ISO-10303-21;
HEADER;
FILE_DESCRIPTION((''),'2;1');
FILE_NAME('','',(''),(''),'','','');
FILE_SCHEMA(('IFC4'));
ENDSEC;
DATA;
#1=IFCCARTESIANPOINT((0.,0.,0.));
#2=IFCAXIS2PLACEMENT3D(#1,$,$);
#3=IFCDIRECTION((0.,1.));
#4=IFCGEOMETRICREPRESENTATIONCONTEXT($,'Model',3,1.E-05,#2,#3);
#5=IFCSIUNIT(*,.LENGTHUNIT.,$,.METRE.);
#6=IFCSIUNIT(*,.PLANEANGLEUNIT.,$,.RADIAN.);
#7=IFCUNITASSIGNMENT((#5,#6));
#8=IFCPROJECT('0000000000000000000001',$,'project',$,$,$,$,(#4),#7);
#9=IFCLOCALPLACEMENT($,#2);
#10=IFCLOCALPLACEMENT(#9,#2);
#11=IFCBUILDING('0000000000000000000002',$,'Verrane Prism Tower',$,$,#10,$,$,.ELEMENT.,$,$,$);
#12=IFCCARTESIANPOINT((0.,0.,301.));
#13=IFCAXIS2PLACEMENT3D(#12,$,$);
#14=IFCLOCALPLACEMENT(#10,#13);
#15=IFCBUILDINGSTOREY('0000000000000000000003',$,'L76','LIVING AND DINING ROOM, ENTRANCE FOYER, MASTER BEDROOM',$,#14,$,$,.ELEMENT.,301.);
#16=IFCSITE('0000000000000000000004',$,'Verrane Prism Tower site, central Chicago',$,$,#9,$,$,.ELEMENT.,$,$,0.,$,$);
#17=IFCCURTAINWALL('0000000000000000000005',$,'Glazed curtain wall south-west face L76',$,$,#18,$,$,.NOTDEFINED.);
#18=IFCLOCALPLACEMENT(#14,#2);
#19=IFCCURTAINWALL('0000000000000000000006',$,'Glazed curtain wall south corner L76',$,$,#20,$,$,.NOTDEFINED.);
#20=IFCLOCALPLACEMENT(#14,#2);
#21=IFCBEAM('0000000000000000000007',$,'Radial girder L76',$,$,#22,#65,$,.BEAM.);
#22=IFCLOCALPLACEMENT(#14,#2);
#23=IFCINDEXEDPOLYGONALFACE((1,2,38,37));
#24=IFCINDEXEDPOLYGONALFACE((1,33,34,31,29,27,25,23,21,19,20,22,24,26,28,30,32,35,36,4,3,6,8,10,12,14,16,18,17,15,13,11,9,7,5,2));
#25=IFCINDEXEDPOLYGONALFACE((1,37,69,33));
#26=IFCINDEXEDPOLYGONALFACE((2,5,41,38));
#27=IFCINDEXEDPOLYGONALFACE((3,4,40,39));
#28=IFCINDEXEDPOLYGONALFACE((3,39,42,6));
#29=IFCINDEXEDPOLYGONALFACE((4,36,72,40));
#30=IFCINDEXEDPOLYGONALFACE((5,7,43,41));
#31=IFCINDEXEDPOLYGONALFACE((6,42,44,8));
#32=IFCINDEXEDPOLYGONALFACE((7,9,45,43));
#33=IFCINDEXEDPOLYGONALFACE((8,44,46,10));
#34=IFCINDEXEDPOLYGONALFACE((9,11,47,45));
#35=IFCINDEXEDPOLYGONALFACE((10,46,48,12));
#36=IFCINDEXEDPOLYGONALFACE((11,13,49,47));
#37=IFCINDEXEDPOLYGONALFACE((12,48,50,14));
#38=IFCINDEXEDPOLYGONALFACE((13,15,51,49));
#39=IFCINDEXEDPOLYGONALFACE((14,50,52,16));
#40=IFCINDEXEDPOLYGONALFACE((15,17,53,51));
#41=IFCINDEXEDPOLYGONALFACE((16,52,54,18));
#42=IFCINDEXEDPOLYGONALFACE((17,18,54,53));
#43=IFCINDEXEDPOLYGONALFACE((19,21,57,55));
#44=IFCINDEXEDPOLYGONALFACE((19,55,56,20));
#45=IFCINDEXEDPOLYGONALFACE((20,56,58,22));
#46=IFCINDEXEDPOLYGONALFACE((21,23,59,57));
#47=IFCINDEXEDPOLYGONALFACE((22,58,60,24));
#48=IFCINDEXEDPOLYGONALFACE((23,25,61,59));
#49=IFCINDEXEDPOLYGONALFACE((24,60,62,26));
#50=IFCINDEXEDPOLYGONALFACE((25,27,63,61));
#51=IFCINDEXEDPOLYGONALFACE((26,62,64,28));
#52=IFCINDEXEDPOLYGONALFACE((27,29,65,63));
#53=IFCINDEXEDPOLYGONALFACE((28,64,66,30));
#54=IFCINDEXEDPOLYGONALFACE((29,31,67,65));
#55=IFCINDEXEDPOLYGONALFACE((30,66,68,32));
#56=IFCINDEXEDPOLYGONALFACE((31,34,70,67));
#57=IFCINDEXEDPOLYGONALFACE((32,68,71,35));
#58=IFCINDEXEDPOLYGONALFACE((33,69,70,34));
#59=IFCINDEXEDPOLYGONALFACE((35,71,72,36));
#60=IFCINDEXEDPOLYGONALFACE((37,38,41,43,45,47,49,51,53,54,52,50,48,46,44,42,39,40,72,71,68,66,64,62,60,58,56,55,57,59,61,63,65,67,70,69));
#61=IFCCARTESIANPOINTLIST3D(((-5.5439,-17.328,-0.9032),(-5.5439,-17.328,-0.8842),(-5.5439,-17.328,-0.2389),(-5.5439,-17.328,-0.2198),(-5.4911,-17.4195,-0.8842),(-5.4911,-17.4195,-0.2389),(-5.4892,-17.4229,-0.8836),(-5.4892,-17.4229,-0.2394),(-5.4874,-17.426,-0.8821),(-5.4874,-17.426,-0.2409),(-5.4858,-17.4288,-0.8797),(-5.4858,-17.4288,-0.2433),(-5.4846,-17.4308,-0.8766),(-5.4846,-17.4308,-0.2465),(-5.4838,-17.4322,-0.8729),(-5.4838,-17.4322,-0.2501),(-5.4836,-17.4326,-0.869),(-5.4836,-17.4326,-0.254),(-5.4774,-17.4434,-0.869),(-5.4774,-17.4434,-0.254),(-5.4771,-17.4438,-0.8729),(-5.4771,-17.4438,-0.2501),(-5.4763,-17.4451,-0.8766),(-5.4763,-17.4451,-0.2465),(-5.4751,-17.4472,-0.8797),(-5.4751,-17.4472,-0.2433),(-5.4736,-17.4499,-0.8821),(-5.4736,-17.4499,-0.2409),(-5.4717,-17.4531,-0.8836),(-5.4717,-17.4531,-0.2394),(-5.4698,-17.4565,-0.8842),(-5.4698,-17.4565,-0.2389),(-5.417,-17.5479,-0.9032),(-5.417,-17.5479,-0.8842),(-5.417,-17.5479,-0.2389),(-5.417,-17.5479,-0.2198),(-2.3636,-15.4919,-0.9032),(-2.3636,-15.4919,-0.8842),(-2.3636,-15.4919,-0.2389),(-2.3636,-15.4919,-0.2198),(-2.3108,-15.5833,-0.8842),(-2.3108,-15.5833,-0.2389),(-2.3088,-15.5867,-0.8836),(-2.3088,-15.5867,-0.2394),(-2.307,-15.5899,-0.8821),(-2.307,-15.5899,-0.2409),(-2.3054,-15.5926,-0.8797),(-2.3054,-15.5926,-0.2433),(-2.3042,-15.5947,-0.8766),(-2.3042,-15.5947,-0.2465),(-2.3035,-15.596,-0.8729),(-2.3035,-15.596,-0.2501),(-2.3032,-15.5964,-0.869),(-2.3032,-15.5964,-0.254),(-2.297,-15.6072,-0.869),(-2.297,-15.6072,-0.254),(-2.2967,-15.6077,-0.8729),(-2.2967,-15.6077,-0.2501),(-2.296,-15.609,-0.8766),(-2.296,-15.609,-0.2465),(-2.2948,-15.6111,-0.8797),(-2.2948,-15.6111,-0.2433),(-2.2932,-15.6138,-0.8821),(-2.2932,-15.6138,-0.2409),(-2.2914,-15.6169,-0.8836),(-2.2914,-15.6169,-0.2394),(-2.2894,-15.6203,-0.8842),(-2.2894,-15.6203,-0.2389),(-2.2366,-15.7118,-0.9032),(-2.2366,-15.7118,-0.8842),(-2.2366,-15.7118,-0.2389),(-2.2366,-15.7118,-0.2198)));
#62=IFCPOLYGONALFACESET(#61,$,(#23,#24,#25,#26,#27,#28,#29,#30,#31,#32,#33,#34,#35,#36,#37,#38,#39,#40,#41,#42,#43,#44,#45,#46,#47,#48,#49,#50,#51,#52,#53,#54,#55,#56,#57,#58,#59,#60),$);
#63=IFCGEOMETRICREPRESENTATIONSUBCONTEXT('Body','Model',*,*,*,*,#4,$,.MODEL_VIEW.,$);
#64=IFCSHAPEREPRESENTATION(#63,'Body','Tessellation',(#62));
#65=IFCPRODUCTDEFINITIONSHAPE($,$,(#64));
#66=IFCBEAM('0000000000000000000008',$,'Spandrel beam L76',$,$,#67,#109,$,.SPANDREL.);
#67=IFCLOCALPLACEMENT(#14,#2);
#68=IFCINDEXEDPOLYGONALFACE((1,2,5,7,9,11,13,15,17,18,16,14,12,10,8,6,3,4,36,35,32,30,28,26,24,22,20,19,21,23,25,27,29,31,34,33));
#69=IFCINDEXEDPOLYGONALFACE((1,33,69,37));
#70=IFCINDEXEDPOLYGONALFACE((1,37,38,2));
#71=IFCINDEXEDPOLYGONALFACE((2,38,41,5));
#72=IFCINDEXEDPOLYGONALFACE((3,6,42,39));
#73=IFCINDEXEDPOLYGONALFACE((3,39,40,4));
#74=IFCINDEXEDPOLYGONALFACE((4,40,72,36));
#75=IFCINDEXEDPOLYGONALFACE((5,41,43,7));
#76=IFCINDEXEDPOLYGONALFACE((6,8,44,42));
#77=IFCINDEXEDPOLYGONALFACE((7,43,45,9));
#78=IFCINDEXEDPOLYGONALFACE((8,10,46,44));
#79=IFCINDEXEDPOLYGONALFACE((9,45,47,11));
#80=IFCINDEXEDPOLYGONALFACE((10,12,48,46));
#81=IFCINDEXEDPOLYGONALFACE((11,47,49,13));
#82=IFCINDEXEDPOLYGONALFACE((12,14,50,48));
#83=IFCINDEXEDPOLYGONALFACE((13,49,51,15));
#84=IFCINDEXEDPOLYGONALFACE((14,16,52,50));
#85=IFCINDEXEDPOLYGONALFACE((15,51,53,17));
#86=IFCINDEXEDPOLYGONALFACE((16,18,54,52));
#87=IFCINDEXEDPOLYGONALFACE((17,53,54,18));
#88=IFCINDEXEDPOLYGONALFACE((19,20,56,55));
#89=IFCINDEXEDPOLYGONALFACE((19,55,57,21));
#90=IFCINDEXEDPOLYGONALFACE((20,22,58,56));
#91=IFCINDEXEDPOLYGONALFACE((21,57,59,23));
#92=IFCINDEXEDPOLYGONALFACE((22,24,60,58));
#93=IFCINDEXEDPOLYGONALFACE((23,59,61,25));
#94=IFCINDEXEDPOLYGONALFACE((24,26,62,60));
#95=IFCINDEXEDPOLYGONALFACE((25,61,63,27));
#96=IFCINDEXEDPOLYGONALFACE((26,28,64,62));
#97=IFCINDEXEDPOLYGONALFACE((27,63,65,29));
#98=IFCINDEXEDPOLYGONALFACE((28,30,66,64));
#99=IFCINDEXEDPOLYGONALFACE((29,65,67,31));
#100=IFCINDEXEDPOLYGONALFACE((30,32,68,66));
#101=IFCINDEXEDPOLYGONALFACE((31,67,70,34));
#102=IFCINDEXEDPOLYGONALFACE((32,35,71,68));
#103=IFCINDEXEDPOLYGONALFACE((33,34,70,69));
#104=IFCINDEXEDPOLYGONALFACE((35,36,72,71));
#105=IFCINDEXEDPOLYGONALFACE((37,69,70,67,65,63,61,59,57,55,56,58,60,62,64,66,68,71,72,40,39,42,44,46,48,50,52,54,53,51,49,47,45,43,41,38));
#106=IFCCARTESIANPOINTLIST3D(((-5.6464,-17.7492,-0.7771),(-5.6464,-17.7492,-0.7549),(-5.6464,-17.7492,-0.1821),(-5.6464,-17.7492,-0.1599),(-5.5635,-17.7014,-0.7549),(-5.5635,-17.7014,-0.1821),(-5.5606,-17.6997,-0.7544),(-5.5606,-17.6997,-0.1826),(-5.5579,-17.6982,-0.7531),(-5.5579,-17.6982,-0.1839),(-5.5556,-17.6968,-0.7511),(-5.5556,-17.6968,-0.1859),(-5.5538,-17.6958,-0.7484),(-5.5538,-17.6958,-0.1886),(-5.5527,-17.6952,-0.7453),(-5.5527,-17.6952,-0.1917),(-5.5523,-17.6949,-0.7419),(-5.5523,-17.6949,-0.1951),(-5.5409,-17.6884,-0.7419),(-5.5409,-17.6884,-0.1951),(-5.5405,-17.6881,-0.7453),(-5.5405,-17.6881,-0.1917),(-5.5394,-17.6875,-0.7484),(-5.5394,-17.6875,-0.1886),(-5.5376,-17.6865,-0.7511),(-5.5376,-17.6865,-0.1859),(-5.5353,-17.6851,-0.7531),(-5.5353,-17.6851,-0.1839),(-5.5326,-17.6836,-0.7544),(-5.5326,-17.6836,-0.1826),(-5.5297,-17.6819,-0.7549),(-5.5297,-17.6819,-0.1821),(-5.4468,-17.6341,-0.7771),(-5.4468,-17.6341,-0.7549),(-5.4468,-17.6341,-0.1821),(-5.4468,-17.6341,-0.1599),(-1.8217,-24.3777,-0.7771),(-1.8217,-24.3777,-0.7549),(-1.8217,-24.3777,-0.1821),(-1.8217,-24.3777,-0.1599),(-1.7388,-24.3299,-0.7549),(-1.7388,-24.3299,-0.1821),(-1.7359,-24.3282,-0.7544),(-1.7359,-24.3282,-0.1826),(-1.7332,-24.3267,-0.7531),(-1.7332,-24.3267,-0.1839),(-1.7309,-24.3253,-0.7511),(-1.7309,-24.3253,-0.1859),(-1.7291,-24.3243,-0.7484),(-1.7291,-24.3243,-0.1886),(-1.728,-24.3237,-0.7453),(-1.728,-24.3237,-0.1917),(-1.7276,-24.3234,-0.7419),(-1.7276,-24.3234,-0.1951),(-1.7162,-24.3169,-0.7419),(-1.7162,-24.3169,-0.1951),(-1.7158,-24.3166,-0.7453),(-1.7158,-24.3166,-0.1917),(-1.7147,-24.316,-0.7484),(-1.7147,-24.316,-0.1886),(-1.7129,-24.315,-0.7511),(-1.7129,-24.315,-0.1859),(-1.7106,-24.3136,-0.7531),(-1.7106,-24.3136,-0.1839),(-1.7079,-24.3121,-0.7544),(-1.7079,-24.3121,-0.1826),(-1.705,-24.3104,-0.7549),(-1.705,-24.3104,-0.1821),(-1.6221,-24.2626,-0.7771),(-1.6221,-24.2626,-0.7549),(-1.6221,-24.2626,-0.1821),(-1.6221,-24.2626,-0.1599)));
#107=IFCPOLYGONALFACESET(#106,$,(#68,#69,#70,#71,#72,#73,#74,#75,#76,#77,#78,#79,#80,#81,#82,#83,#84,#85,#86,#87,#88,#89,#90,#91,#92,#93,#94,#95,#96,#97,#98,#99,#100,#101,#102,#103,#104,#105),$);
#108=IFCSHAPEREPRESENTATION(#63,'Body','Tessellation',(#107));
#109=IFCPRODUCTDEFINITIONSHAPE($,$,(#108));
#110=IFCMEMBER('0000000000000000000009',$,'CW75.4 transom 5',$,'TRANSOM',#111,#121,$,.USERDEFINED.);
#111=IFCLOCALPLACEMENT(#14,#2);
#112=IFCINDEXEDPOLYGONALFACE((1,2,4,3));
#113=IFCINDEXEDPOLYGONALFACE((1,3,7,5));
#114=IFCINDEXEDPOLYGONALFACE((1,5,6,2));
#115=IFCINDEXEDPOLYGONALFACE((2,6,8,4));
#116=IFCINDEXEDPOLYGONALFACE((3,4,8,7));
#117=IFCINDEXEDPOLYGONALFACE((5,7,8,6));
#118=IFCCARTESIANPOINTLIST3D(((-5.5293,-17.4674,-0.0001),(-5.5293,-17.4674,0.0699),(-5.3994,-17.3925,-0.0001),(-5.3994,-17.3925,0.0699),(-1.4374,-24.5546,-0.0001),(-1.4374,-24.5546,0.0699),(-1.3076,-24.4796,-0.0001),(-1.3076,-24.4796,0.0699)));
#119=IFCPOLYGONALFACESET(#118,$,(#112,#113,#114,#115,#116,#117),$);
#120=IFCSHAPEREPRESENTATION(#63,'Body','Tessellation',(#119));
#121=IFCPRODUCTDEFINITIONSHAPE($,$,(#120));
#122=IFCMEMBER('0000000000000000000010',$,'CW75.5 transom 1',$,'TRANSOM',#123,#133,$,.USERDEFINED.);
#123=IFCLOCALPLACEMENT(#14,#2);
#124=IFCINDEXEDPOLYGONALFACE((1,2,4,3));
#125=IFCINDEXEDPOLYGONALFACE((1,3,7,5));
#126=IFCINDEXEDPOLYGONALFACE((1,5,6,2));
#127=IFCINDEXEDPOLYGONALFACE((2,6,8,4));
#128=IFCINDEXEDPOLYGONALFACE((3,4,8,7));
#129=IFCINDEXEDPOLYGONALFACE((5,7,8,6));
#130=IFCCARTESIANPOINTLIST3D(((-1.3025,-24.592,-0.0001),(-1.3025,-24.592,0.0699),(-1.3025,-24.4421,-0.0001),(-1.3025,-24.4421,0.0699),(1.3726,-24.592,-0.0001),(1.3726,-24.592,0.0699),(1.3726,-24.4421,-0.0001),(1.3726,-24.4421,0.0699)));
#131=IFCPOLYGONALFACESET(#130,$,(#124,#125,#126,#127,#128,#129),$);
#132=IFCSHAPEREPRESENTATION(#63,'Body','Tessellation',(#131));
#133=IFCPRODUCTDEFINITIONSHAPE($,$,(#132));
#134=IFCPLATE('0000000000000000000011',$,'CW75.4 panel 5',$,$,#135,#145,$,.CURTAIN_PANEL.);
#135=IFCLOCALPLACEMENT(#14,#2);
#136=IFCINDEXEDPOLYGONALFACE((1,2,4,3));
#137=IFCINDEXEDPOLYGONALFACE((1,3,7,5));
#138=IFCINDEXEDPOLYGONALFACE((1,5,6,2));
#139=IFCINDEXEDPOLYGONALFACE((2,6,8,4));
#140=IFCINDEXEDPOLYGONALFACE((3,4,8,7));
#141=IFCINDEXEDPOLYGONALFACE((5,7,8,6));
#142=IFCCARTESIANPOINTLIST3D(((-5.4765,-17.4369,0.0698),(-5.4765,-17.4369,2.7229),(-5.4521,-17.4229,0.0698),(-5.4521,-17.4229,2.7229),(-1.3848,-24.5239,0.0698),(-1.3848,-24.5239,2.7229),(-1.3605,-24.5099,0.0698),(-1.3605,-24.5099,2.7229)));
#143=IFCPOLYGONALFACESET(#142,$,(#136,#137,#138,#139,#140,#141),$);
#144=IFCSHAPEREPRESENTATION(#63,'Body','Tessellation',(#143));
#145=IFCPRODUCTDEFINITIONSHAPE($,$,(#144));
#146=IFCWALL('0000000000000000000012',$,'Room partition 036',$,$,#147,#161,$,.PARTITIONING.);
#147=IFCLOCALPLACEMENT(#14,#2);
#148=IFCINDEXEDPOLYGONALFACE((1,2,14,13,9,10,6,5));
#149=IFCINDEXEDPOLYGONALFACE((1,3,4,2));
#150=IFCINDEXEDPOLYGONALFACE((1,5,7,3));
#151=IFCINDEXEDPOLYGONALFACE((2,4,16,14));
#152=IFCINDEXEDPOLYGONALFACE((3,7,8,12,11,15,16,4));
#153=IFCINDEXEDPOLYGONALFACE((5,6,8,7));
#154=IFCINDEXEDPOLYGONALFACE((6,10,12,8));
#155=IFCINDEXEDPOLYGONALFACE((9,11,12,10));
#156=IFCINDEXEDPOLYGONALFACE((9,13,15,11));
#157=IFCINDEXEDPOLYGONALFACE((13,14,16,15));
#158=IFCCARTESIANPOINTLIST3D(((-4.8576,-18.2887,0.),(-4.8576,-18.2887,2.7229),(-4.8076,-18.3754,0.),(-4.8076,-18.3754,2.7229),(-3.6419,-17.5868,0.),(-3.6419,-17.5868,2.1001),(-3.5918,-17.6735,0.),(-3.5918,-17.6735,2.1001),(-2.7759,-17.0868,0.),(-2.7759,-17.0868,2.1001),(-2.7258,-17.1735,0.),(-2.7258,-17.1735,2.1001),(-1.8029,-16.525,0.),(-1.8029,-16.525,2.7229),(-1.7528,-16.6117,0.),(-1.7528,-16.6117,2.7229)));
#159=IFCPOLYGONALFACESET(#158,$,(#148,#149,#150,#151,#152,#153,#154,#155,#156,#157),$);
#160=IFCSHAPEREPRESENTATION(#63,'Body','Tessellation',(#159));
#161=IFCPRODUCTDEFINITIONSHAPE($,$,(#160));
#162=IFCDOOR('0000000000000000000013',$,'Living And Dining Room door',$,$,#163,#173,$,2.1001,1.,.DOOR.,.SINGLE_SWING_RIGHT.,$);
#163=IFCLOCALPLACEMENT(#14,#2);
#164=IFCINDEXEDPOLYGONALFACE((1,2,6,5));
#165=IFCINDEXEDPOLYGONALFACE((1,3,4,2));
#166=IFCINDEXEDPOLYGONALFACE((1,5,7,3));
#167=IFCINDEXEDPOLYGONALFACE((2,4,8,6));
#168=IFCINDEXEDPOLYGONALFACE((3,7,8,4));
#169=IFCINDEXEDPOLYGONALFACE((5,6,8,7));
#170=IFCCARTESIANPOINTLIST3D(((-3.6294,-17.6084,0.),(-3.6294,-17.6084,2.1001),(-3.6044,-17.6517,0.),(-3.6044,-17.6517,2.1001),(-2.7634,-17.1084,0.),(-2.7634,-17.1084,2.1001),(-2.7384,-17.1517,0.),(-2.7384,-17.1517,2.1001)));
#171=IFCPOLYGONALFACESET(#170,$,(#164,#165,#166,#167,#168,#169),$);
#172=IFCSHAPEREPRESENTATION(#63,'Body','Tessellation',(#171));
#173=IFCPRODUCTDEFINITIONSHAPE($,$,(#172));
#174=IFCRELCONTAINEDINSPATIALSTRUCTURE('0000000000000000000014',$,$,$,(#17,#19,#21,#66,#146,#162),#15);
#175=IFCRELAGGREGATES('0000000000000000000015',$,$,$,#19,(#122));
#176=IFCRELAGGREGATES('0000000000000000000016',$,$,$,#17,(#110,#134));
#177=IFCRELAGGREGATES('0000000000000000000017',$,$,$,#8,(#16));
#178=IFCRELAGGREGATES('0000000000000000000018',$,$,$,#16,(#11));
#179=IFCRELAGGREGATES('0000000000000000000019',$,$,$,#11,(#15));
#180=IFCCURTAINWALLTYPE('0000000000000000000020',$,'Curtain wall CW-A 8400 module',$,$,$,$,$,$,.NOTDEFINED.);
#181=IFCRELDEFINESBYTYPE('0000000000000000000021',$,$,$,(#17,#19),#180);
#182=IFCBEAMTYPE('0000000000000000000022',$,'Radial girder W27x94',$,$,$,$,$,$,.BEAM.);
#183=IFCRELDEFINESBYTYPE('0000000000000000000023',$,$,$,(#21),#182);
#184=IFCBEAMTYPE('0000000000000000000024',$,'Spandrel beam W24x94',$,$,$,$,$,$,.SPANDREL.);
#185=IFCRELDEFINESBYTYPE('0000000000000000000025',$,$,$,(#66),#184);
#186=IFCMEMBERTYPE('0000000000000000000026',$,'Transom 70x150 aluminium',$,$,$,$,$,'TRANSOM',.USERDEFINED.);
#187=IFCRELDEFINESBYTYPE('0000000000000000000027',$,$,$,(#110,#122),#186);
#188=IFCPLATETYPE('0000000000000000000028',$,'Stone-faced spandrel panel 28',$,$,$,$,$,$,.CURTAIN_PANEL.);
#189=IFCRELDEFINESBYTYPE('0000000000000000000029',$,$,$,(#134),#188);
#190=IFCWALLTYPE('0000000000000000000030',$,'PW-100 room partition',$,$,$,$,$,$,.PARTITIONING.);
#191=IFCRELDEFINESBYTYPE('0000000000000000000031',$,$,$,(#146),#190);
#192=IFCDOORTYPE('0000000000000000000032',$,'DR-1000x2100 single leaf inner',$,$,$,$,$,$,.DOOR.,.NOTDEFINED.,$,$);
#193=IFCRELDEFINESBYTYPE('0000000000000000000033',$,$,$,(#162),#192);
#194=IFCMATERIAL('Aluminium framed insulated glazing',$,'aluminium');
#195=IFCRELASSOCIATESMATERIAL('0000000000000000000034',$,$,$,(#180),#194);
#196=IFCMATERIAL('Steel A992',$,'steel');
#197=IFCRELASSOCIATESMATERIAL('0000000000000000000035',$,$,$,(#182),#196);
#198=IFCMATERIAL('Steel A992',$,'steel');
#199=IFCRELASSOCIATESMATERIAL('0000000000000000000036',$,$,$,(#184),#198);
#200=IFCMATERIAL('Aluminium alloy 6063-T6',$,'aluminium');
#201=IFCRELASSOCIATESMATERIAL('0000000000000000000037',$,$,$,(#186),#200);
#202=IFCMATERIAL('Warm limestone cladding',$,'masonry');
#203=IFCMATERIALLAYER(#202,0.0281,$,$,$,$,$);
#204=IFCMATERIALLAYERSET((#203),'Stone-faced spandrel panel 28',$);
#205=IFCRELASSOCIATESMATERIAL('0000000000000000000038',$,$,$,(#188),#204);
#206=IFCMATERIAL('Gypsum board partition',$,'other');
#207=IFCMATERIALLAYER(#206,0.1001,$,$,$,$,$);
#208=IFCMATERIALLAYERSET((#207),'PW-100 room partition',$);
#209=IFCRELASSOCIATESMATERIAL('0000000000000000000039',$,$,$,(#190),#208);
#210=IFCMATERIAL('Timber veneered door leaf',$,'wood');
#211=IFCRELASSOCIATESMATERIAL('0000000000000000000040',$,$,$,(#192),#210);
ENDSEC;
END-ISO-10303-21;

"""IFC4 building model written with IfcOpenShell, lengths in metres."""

from ifc_helpers import new_model, si_unit, direction, frame, frame_2d, origin, origin_2d, place, context, subcontext, project, spatial, rectangle, i_section, extrude, material, layer, layer_set, material_profile, profile_set, type_object, element, fill, aggregate, save


model = new_model("IFC4")

# Units and contexts
model_context = context("Model", 3, precision=1e-05, world=origin(), true_north=direction((0.0, 1.0)))
body_context = subcontext(model_context, "Body", "Model", "MODEL_VIEW")
ifc_project = project(units=[si_unit("LENGTHUNIT", "METRE"), si_unit("PLANEANGLEUNIT", "RADIAN")], contexts=[model_context])

# Site, building, storey
site_placement = place(None, origin())
site = spatial("IfcSite", under=ifc_project, at=site_placement, Name="Verrane Prism Tower site, central Chicago", CompositionType="ELEMENT", RefElevation=0.0)
building_placement = place(site_placement, origin())
building = spatial("IfcBuilding", under=site, at=building_placement, Name="Verrane Prism Tower", CompositionType="ELEMENT")
storey_placement = place(building_placement, frame((0.0, 0.0, 301.0)))
storey = spatial("IfcBuildingStorey", under=building, at=storey_placement, Name="L76", Description="LIVING AND DINING ROOM, ENTRANCE FOYER, MASTER BEDROOM", CompositionType="ELEMENT", Elevation=301.0)

# Curtain walls
ifc_material_1 = material(Name="Aluminium framed insulated glazing", Category="aluminium")
curtain_wall_type = type_object("IfcCurtainWallType", Name="Curtain wall CW-A 8400 module", PredefinedType="NOTDEFINED", material=ifc_material_1)
curtain_wall_1_placement = place(storey_placement, origin())
curtain_wall_1 = element("IfcCurtainWall", 1, at=curtain_wall_1_placement, inside=storey, type_object=curtain_wall_type, Name="Glazed curtain wall south-west face L76", PredefinedType="NOTDEFINED")
curtain_wall_2_placement = place(storey_placement, origin())
curtain_wall_2 = element("IfcCurtainWall", 2, at=curtain_wall_2_placement, inside=storey, type_object=curtain_wall_type, Name="Glazed curtain wall south corner L76", PredefinedType="NOTDEFINED")

# Beams
ifc_material_2 = material(Name="Steel A992", Category="steel")
ifc_material_profile_1 = material_profile(ifc_material_2, i_section(OverallWidth=0.2539, OverallDepth=0.6833, WebThickness=0.0125, FlangeThickness=0.019, FilletRadius=0.0151, at=origin_2d()), Name="W27x94")
ifc_profile_set_1 = profile_set([ifc_material_profile_1], Name="Steel A992")
beam_type_1 = type_object("IfcBeamType", Name="Radial girder W27x94", PredefinedType="BEAM", material=ifc_profile_set_1)
beam_1_placement = place(storey_placement, frame((-5.4805, -17.438, -0.5615), z_axis=(0.866029, 0.499993, 0.0), x_axis=(-0.499993, 0.866029, 0.0)))
element("IfcBeam", 3, at=beam_1_placement, inside=storey, type_object=beam_type_1, Name="Radial girder L76", PredefinedType="BEAM", context=body_context, shape_type="SweptSolid", body=[
    extrude(i_section(OverallWidth=0.2539, OverallDepth=0.6833, WebThickness=0.0125, FlangeThickness=0.019, FilletRadius=0.0151, at=origin_2d()), origin(), (0.0, 0.0, 1.0), 3.6724),
])
ifc_material_3 = material(Name="Steel A992", Category="steel")
ifc_material_profile_2 = material_profile(ifc_material_3, i_section(OverallWidth=0.2305, OverallDepth=0.6172, WebThickness=0.0132, FlangeThickness=0.0222, FilletRadius=0.0129, at=origin_2d()), Name="W24x94")
ifc_profile_set_2 = profile_set([ifc_material_profile_2], Name="Steel A992")
beam_type_2 = type_object("IfcBeamType", Name="Spandrel beam W24x94", PredefinedType="SPANDREL", material=ifc_profile_set_2)
beam_2_placement = place(storey_placement, frame((-5.5466, -17.6917, -0.4685), z_axis=(0.499783, -0.866151, 0.0), x_axis=(0.866151, 0.499783, 0.0)))
element("IfcBeam", 4, at=beam_2_placement, inside=storey, type_object=beam_type_2, Name="Spandrel beam L76", PredefinedType="SPANDREL", context=body_context, shape_type="SweptSolid", body=[
    extrude(i_section(OverallWidth=0.2305, OverallDepth=0.6172, WebThickness=0.0132, FlangeThickness=0.0222, FilletRadius=0.0129, at=origin_2d()), origin(), (0.0, 0.0, 1.0), 7.6528),
])

# Members
ifc_material_4 = material(Name="Aluminium alloy 6063-T6", Category="aluminium")
ifc_material_profile_3 = material_profile(ifc_material_4, rectangle(XDim=0.1499, YDim=0.0701, at=origin_2d()), Name="Transom 70x150 aluminium")
ifc_profile_set_3 = profile_set([ifc_material_profile_3], Name="Aluminium alloy 6063-T6")
member_type_1 = type_object("IfcMemberType", Name="Transom 70x150 aluminium", ElementType="TRANSOM", PredefinedType="USERDEFINED", material=ifc_profile_set_3)
member_1_placement = place(storey_placement, frame((-5.4644, -17.4299, 0.0349), z_axis=(0.500002, -0.866024, 0.0), x_axis=(0.866024, 0.500002, 0.0)))
member_1 = element("IfcMember", 5, at=member_1_placement, type_object=member_type_1, Name="CW75.4 transom 5", ObjectType="TRANSOM", PredefinedType="USERDEFINED", context=body_context, shape_type="SweptSolid", body=[
    extrude(rectangle(XDim=0.1499, YDim=0.0701, at=origin_2d()), origin(), (0.0, 0.0, 1.0), 8.1836),
])
member_2_placement = place(storey_placement, frame((-1.3025, -24.5171, 0.0349), z_axis=(1.0, 0.0, 0.0), x_axis=(0.0, 1.0, 0.0)))
member_2 = element("IfcMember", 6, at=member_2_placement, type_object=member_type_1, Name="CW75.5 transom 1", ObjectType="TRANSOM", PredefinedType="USERDEFINED", context=body_context, shape_type="SweptSolid", body=[
    extrude(rectangle(XDim=0.1499, YDim=0.0701, at=origin_2d()), origin(), (0.0, 0.0, 1.0), 2.675),
])
aggregate(curtain_wall_2, [member_2])

# Plate
ifc_material_5 = material(Name="Warm limestone cladding", Category="masonry")
ifc_layer_1 = layer(ifc_material_5, 0.0281)
ifc_layer_set_1 = layer_set([ifc_layer_1], Name="Stone-faced spandrel panel 28")
plate_type = type_object("IfcPlateType", Name="Stone-faced spandrel panel 28", PredefinedType="CURTAIN_PANEL", material=ifc_layer_set_1)
plate_placement = place(storey_placement, frame((-3.4185, -20.9734, 0.0698), z_axis=(0.0, 0.0, 1.0), x_axis=(0.500001, -0.866025, 0.0)))
plate = element("IfcPlate", 7, at=plate_placement, type_object=plate_type, Name="CW75.4 panel 5", PredefinedType="CURTAIN_PANEL", context=body_context, shape_type="SweptSolid", body=[
    extrude(rectangle(XDim=8.1833, YDim=0.0281, at=origin_2d()), origin(), (0.0, 0.0, 1.0), 2.6531),
])
aggregate(curtain_wall_1, [member_1, plate])

# Wall, opening, door
ifc_material_6 = material(Name="Gypsum board partition", Category="other")
ifc_layer_2 = layer(ifc_material_6, 0.1001)
ifc_layer_set_2 = layer_set([ifc_layer_2], Name="PW-100 room partition")
wall_type_1 = type_object("IfcWallType", Name="PW-100 room partition", PredefinedType="PARTITIONING", material=ifc_layer_set_2)
wall_1_placement = place(storey_placement, frame((-1.7778, -16.5684, 0.0), z_axis=(0.0, 0.0, 1.0), x_axis=(-0.86602, -0.50001, 0.0)))
wall_1 = element("IfcWall", 8, at=wall_1_placement, inside=storey, type_object=wall_type_1, Name="Room partition 036", PredefinedType="PARTITIONING", context=body_context, shape_type="SweptSolid", body=[
    extrude(rectangle(XDim=3.5273, YDim=0.1001, at=frame_2d((1.7637, 0.0))), origin(), (0.0, 0.0, 1.0), 2.7229),
])
opening_1_placement = place(wall_1_placement, frame((1.1235, 0.0, 0.0)))
opening_1 = element("IfcOpeningElement", 9, at=opening_1_placement, cuts=wall_1, PredefinedType="OPENING", context=body_context, shape_type="SweptSolid", body=[
    extrude(rectangle(XDim=1.0, YDim=2.1001, at=frame_2d((0.5, 1.05))), frame((0.0, 0.0601, 0.0), z_axis=(0.0, -1.0, 0.0), x_axis=(1.0, 0.0, 0.0)), (0.0, 0.0, 1.0), 0.1201),
])
ifc_material_7 = material(Name="Timber veneered door leaf", Category="wood")
door_type_1 = type_object("IfcDoorType", Name="DR-1000x2100 single leaf inner", OperationType="NOTDEFINED", PredefinedType="DOOR", material=ifc_material_7)
door_1_placement = place(opening_1_placement, origin())
door_1 = element("IfcDoor", 10, at=door_1_placement, inside=storey, type_object=door_type_1, Name="Living And Dining Room door", OperationType="SINGLE_SWING_RIGHT", OverallHeight=2.1001, OverallWidth=1.0, PredefinedType="DOOR", context=body_context, shape_type="SweptSolid", body=[
    extrude(rectangle(XDim=1.0, YDim=2.1001, at=frame_2d((0.5, 1.05))), frame((0.0, 0.0249, 0.0), z_axis=(0.0, -1.0, 0.0), x_axis=(1.0, 0.0, 0.0)), (0.0, 0.0, 1.0), 0.05),
])
fill(opening_1, door_1)

save(model, "model.ifc")
